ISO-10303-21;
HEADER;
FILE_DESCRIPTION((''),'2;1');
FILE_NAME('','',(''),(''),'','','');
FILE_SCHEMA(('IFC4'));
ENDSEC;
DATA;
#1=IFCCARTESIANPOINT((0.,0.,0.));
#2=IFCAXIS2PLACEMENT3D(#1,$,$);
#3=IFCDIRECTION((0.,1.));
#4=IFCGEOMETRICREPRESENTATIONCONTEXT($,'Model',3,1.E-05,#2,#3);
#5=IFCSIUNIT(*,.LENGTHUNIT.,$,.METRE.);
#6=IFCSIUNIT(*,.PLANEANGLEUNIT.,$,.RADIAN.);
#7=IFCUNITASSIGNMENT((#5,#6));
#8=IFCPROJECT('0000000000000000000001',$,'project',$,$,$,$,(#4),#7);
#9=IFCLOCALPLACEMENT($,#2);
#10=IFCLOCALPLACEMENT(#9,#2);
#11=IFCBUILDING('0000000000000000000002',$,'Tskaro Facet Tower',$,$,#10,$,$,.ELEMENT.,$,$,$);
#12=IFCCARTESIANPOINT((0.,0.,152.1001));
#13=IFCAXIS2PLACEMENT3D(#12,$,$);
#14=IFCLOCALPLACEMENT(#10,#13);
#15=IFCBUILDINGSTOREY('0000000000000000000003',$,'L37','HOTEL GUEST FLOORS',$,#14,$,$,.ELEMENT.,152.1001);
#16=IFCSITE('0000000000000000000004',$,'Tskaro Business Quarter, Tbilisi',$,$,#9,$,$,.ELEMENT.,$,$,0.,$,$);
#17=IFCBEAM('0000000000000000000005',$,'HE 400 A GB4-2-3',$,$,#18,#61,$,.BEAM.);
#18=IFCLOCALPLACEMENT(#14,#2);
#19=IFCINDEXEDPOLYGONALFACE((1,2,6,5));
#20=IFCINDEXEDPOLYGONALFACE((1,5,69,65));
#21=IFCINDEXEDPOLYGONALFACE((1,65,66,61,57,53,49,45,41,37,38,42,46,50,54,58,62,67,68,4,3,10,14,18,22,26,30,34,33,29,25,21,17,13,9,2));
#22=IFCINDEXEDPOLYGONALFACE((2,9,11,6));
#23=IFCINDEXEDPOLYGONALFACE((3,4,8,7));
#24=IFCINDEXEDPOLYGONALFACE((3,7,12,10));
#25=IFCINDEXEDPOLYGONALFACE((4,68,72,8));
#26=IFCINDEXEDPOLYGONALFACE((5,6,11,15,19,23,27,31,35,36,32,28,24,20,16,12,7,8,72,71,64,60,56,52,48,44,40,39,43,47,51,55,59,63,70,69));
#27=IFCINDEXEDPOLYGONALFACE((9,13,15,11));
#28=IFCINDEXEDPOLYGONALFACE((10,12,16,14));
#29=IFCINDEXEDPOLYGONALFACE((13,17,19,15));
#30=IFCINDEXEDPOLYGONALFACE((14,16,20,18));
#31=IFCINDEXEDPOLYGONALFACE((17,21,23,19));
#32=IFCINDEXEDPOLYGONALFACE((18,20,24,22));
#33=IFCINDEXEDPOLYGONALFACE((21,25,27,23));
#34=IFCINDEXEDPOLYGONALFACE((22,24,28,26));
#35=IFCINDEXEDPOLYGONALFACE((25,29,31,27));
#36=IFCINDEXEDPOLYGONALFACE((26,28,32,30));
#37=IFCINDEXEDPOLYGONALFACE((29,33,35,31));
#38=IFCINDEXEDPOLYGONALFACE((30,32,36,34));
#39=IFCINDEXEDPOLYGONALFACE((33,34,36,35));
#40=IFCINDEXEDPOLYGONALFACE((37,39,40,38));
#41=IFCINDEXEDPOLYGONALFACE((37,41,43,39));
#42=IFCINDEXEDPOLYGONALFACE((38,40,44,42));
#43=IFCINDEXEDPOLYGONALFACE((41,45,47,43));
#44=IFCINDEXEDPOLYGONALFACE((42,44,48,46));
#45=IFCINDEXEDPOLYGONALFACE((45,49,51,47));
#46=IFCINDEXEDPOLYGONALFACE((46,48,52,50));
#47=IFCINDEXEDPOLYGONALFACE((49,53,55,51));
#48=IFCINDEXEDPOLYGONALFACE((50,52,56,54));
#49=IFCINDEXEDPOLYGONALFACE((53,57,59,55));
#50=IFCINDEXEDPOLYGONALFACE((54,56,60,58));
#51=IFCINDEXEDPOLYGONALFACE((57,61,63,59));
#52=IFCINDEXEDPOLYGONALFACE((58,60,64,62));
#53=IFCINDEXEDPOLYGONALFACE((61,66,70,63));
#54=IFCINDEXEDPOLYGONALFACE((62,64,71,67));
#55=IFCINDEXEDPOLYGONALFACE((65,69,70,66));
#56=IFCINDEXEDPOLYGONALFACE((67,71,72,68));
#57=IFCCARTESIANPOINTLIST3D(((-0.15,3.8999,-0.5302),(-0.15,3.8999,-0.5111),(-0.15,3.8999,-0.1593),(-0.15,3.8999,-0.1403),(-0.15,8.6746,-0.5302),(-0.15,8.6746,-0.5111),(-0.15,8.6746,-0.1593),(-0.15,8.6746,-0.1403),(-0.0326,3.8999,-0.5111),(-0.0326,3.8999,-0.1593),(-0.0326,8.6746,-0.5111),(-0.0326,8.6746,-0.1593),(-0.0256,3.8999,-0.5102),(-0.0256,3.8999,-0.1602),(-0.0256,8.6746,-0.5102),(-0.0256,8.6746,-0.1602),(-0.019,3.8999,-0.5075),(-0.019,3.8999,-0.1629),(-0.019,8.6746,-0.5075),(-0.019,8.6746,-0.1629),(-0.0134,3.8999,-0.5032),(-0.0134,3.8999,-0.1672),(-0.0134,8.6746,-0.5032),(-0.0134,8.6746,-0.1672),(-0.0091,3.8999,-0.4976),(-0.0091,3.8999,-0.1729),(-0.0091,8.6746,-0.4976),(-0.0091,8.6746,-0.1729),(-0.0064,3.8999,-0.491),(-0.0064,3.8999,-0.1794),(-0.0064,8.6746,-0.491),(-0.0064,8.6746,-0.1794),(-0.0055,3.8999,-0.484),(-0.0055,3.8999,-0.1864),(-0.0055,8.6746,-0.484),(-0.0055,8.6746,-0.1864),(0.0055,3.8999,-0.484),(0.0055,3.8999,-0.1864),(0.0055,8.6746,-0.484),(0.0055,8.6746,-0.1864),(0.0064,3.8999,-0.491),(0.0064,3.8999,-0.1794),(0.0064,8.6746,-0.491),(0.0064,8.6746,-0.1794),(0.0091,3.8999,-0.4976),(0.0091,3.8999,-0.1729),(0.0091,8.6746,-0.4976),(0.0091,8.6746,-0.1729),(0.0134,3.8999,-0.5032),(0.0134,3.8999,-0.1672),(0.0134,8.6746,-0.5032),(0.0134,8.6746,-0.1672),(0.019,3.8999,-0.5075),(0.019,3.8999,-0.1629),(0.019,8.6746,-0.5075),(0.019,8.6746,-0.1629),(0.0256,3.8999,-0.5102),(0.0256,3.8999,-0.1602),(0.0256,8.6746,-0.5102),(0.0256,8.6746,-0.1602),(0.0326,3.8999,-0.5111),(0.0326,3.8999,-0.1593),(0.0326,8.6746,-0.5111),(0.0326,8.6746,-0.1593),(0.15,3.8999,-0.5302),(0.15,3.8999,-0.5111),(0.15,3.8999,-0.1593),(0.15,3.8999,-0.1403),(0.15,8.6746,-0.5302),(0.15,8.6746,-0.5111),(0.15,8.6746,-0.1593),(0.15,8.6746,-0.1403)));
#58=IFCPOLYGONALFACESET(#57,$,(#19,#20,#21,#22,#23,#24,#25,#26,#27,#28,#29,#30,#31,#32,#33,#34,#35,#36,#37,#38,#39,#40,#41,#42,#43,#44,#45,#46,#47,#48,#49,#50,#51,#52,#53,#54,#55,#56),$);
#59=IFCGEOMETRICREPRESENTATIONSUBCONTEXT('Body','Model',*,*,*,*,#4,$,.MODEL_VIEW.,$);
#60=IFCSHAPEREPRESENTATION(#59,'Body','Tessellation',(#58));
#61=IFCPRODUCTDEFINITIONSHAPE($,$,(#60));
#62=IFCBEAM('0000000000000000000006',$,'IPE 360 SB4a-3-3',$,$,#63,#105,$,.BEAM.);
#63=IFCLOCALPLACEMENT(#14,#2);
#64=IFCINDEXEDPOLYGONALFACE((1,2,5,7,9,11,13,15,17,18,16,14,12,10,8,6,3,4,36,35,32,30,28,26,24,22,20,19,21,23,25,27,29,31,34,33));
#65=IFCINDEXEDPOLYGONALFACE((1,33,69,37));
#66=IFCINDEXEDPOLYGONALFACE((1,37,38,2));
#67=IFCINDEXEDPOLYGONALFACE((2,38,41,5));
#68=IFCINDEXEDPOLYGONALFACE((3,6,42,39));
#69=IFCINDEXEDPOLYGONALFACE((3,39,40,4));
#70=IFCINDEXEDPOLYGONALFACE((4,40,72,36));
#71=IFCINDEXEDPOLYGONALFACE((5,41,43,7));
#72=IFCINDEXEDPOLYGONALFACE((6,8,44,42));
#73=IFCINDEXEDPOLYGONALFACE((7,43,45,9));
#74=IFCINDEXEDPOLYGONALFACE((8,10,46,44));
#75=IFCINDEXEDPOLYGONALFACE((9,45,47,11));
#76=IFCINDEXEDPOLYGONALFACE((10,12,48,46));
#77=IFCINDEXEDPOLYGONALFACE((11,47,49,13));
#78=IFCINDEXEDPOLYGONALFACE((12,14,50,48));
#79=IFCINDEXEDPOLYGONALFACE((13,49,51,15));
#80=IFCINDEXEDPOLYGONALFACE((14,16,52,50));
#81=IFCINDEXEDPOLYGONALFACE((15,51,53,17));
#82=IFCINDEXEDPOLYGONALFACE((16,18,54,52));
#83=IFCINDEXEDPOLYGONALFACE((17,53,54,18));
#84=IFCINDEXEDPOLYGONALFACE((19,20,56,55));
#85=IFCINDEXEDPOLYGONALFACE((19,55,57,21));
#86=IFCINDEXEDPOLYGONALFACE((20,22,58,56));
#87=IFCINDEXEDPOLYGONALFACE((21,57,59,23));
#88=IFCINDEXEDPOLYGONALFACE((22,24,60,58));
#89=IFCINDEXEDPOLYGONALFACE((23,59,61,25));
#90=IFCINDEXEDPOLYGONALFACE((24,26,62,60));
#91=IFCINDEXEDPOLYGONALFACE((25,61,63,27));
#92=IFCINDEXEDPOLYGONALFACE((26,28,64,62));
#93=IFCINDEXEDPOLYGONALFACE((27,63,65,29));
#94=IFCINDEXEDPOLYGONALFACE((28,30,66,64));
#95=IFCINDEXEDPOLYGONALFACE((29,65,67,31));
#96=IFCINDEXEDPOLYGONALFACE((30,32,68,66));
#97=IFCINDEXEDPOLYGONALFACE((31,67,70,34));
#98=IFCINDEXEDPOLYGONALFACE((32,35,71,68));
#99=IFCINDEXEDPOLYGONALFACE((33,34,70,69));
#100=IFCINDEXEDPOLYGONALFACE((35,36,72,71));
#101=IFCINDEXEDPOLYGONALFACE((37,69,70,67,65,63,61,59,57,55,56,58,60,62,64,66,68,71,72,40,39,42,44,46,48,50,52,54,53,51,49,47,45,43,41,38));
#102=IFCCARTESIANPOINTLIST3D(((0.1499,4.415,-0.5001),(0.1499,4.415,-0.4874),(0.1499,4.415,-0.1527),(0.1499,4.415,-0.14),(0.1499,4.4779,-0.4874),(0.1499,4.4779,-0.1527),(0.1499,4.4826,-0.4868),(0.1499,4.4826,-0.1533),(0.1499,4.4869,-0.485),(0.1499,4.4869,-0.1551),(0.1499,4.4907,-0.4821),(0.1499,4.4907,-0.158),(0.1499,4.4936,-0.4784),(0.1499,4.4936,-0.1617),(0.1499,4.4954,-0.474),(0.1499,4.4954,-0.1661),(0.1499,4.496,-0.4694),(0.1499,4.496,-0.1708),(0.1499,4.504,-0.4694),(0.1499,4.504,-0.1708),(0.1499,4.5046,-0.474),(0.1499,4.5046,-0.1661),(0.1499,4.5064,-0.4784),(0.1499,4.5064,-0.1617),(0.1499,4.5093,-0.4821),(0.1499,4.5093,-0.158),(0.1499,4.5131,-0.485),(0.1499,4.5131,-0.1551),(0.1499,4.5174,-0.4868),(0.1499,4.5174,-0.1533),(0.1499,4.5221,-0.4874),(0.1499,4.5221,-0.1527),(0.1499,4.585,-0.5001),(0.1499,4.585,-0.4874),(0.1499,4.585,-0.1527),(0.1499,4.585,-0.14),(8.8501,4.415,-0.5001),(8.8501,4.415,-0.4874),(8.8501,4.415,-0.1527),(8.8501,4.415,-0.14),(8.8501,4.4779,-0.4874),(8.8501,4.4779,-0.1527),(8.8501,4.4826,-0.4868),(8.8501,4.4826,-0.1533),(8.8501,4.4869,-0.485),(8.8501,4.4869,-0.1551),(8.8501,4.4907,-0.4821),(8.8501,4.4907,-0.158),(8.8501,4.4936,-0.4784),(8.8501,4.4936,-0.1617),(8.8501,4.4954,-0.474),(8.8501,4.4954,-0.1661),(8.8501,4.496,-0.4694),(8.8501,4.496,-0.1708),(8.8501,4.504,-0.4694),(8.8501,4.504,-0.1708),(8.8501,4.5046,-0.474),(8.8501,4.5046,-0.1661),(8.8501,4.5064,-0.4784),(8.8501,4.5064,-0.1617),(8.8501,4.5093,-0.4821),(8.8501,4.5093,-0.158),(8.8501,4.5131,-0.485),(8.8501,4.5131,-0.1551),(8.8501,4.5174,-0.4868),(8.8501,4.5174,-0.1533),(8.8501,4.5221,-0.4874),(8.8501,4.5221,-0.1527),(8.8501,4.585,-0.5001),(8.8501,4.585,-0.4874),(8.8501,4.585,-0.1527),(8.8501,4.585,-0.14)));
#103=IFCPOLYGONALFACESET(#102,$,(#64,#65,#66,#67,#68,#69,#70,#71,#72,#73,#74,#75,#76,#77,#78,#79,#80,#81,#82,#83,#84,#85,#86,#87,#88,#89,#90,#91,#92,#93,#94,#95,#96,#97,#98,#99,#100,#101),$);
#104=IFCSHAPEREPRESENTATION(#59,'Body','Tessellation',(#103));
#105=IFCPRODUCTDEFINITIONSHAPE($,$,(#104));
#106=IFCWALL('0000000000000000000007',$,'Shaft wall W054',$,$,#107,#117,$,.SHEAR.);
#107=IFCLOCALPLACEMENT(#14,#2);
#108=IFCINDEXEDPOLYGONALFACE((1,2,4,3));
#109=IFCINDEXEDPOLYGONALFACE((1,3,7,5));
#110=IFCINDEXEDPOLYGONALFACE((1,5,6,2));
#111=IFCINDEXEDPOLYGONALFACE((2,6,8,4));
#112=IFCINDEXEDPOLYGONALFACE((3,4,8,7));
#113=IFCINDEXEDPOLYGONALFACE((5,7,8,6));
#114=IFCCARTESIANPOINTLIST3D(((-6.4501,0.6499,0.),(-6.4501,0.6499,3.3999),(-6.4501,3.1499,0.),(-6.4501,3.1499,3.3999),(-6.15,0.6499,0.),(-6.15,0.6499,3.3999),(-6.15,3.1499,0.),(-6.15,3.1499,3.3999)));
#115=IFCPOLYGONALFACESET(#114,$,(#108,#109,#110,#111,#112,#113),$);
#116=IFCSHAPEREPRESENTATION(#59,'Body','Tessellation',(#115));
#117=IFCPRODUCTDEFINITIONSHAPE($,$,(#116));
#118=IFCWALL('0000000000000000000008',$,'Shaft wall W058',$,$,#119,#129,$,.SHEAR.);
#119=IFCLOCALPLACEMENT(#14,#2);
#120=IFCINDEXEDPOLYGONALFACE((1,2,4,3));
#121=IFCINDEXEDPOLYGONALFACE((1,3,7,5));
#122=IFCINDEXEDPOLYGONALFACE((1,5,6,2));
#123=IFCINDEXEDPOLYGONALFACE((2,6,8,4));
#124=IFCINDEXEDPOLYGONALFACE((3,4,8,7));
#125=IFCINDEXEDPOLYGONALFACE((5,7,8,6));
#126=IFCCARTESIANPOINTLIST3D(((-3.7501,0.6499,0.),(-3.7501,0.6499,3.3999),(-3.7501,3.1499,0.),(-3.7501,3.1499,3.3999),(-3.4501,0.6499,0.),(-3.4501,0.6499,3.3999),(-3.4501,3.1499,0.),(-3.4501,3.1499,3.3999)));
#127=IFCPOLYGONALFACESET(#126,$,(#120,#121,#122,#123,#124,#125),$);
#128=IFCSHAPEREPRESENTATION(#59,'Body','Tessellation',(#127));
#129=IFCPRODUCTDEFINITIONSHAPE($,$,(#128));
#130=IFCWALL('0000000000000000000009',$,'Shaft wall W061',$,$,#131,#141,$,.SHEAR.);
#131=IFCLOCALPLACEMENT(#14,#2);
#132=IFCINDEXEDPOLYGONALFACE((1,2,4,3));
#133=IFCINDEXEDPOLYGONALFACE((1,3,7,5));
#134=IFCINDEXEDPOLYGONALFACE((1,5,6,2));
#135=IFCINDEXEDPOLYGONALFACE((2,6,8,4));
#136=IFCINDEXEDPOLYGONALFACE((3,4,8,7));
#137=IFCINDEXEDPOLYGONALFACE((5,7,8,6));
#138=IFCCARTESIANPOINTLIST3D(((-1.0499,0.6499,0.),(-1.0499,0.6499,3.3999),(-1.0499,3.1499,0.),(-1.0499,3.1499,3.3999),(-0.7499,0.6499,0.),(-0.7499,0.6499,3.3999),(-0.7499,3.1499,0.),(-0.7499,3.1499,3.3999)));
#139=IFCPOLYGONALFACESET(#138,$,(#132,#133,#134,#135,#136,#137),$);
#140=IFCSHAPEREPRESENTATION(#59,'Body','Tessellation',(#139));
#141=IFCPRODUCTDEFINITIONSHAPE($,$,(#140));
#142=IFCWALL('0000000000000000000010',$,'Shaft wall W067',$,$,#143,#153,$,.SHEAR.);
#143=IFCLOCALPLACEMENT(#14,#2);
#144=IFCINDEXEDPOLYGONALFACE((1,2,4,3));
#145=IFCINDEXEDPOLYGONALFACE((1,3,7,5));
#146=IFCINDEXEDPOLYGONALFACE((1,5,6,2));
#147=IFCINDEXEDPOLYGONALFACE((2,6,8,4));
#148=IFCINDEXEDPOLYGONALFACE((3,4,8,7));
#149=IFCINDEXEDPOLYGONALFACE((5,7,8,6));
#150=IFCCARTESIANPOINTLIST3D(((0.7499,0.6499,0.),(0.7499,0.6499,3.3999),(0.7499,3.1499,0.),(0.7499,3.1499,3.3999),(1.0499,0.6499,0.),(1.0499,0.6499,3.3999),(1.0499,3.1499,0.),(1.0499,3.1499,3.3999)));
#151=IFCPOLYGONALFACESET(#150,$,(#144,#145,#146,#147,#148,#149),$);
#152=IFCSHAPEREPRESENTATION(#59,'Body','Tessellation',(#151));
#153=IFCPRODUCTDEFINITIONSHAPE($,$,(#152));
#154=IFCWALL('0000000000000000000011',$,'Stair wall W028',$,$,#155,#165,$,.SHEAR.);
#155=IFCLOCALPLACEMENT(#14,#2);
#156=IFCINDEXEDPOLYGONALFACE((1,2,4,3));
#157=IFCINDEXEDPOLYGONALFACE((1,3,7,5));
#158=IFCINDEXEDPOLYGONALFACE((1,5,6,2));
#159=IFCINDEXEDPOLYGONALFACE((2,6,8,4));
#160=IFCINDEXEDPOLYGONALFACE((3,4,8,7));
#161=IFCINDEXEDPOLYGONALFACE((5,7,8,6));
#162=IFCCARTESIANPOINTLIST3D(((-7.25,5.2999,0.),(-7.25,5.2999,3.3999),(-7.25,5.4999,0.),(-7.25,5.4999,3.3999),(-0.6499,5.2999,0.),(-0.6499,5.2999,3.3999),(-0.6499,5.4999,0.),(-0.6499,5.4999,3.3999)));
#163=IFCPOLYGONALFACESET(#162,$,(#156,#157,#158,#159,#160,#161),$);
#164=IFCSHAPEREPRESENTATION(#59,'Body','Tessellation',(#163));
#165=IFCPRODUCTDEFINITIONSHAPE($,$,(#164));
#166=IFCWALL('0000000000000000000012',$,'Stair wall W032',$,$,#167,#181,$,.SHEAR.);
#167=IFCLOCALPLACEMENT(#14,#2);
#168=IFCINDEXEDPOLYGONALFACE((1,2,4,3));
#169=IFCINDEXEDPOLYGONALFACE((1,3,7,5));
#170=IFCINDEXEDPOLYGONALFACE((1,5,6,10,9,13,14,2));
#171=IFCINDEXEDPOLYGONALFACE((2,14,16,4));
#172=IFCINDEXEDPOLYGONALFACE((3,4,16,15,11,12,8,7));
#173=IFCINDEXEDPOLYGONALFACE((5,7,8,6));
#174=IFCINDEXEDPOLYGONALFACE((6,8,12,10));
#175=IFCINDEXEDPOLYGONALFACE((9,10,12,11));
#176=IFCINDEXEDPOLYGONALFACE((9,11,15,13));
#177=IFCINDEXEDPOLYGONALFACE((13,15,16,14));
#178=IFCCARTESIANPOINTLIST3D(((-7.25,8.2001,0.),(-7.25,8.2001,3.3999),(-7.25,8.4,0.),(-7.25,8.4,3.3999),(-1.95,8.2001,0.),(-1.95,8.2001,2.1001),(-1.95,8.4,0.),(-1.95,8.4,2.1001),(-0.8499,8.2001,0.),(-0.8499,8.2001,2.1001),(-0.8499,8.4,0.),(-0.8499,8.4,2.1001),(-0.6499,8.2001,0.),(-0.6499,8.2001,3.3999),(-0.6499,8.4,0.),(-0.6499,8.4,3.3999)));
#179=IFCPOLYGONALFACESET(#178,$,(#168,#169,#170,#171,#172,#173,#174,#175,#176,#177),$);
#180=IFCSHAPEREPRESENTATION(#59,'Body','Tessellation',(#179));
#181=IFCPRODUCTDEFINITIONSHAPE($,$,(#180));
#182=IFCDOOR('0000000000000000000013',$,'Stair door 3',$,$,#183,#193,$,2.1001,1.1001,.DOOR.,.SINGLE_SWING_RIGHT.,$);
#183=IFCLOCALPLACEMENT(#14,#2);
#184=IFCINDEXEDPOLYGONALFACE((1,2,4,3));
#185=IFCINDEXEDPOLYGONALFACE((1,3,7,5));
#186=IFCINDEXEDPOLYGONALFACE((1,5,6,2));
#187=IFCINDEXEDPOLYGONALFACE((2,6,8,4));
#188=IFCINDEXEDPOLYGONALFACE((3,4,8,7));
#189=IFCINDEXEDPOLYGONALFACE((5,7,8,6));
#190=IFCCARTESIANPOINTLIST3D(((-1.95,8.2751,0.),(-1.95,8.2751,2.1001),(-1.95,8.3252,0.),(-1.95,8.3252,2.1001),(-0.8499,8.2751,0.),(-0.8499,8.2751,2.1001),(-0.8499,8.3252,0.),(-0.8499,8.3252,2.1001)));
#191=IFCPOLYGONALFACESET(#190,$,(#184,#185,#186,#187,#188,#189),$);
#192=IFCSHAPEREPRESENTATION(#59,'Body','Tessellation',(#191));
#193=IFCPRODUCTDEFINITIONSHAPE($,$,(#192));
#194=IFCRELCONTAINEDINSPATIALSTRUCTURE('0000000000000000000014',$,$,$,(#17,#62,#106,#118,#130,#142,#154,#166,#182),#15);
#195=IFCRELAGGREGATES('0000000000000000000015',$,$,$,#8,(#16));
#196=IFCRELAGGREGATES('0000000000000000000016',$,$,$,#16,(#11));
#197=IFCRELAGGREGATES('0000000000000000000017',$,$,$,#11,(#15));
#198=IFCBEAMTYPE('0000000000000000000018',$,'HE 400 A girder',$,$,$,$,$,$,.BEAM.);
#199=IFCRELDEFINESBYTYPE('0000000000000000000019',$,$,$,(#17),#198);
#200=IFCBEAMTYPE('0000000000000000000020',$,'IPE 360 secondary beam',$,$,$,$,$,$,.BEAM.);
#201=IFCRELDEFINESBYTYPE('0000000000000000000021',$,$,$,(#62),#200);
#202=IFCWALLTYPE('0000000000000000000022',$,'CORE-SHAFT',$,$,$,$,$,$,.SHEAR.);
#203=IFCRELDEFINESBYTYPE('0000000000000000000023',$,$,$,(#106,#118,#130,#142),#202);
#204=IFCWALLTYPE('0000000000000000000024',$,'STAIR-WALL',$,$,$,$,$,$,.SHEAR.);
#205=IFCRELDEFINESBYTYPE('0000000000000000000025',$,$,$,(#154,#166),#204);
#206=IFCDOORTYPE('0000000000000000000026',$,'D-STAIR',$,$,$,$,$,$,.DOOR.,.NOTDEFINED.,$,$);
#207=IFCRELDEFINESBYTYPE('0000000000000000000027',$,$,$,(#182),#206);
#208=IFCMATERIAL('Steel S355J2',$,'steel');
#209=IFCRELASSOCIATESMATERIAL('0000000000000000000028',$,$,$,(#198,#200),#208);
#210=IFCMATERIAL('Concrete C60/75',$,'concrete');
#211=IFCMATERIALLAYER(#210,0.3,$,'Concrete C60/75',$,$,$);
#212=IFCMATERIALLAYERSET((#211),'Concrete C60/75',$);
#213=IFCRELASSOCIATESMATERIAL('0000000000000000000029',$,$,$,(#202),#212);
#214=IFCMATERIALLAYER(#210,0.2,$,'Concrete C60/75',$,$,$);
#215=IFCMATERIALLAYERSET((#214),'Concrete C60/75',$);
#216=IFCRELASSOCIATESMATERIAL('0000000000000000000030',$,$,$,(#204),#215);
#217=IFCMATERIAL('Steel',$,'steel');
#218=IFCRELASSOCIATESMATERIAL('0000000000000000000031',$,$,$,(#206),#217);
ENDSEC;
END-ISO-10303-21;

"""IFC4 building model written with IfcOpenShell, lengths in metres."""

from ifc_helpers import new_model, si_unit, direction, frame, frame_2d, origin, origin_2d, place, context, subcontext, project, spatial, rectangle, i_section, extrude, material, layer, layer_set, material_profile, profile_set, type_object, element, fill, save


model = new_model("IFC4")

# Units and contexts
model_context = context("Model", 3, precision=1e-05, world=origin(), true_north=direction((0.0, 1.0)))
body_context = subcontext(model_context, "Body", "Model", "MODEL_VIEW")
ifc_project = project(units=[si_unit("LENGTHUNIT", "METRE"), si_unit("PLANEANGLEUNIT", "RADIAN")], contexts=[model_context])

# Site, building, storey
site_placement = place(None, origin())
site = spatial("IfcSite", under=ifc_project, at=site_placement, Name="Tskaro Business Quarter, Tbilisi", CompositionType="ELEMENT", RefElevation=0.0)
building_placement = place(site_placement, origin())
building = spatial("IfcBuilding", under=site, at=building_placement, Name="Tskaro Facet Tower", CompositionType="ELEMENT")
storey_placement = place(building_placement, frame((0.0, 0.0, 152.1001)))
storey = spatial("IfcBuildingStorey", under=building, at=storey_placement, Name="L37", Description="HOTEL GUEST FLOORS", CompositionType="ELEMENT", Elevation=152.1001)

# Beams
ifc_material_1 = material(Name="Steel S355J2", Category="steel")
ifc_material_profile_1 = material_profile(ifc_material_1, i_section(OverallWidth=0.3, OverallDepth=0.3899, WebThickness=0.011, FlangeThickness=0.019, FilletRadius=0.0271, at=origin_2d()), Name="HE 400 A")
ifc_profile_set_1 = profile_set([ifc_material_profile_1], Name="Steel S355J2")
beam_type_1 = type_object("IfcBeamType", Name="HE 400 A girder", PredefinedType="BEAM", material=ifc_profile_set_1)
beam_1_placement = place(storey_placement, frame((0.0, 3.8999, -0.3352), z_axis=(0.0, 1.0, 0.0), x_axis=(-1.0, 0.0, 0.0)))
element("IfcBeam", 1, at=beam_1_placement, inside=storey, type_object=beam_type_1, Name="HE 400 A GB4-2-3", PredefinedType="BEAM", context=body_context, shape_type="SweptSolid", body=[
    extrude(i_section(OverallWidth=0.3, OverallDepth=0.3899, WebThickness=0.011, FlangeThickness=0.019, FilletRadius=0.0271, at=origin_2d()), origin(), (0.0, 0.0, 1.0), 4.7747),
])
ifc_material_profile_2 = material_profile(ifc_material_1, i_section(OverallWidth=0.1699, OverallDepth=0.3601, WebThickness=0.0081, FlangeThickness=0.0127, FilletRadius=0.0181, at=origin_2d()), Name="IPE 360")
ifc_profile_set_2 = profile_set([ifc_material_profile_2], Name="Steel S355J2")
beam_type_2 = type_object("IfcBeamType", Name="IPE 360 secondary beam", PredefinedType="BEAM", material=ifc_profile_set_2)
beam_2_placement = place(storey_placement, frame((0.1499, 4.5, -0.3201), z_axis=(1.0, 0.0, 0.0), x_axis=(0.0, 1.0, 0.0)))
element("IfcBeam", 2, at=beam_2_placement, inside=storey, type_object=beam_type_2, Name="IPE 360 SB4a-3-3", PredefinedType="BEAM", context=body_context, shape_type="SweptSolid", body=[
    extrude(i_section(OverallWidth=0.1699, OverallDepth=0.3601, WebThickness=0.0081, FlangeThickness=0.0127, FilletRadius=0.0181, at=origin_2d()), origin(), (0.0, 0.0, 1.0), 8.7002),
])

# Walls
ifc_material_2 = material(Name="Concrete C60/75", Category="concrete")
ifc_layer_1 = layer(ifc_material_2, 0.3, Name="Concrete C60/75")
ifc_layer_set_1 = layer_set([ifc_layer_1], Name="Concrete C60/75")
wall_type_1 = type_object("IfcWallType", Name="CORE-SHAFT", PredefinedType="SHEAR", material=ifc_layer_set_1)
for number, where, z_axis, x_axis, name in (
    (3, (-6.3, 0.6499, 0.0), (0.0, 0.0, 1.0), (0.0, 1.0, 0.0), "Shaft wall W054"),
    (4, (-3.6001, 0.6499, 0.0), (0.0, 0.0, 1.0), (0.0, 1.0, 0.0), "Shaft wall W058"),
    (5, (-0.8999, 0.6499, 0.0), (0.0, 0.0, 1.0), (0.0, 1.0, 0.0), "Shaft wall W061"),
    (6, (0.8999, 0.6499, 0.0), (0.0, 0.0, 1.0), (0.0, 1.0, 0.0), "Shaft wall W067"),
):
    element("IfcWall", number, at=place(storey_placement, frame(where, z_axis=z_axis, x_axis=x_axis)), inside=storey, type_object=wall_type_1, Name=name, PredefinedType="SHEAR", context=body_context, shape_type="SweptSolid", body=[
        extrude(rectangle(XDim=2.5, YDim=0.3, at=frame_2d((1.25, 0.0))), origin(), (0.0, 0.0, 1.0), 3.3999),
    ])
ifc_layer_2 = layer(ifc_material_2, 0.2, Name="Concrete C60/75")
ifc_layer_set_2 = layer_set([ifc_layer_2], Name="Concrete C60/75")
wall_type_2 = type_object("IfcWallType", Name="STAIR-WALL", PredefinedType="SHEAR", material=ifc_layer_set_2)
wall_1_placement = place(storey_placement, frame((-7.25, 5.3999, 0.0), z_axis=(0.0, 0.0, 1.0), x_axis=(1.0, 0.0, 0.0)))
element("IfcWall", 7, at=wall_1_placement, inside=storey, type_object=wall_type_2, Name="Stair wall W028", PredefinedType="SHEAR", context=body_context, shape_type="SweptSolid", body=[
    extrude(rectangle(XDim=6.6001, YDim=0.2, at=frame_2d((3.3, 0.0))), origin(), (0.0, 0.0, 1.0), 3.3999),
])

# Wall, opening, door
wall_2_placement = place(storey_placement, frame((-0.6499, 8.3, 0.0), z_axis=(0.0, 0.0, 1.0), x_axis=(-1.0, 0.0, 0.0)))
wall_2 = element("IfcWall", 8, at=wall_2_placement, inside=storey, type_object=wall_type_2, Name="Stair wall W032", PredefinedType="SHEAR", context=body_context, shape_type="SweptSolid", body=[
    extrude(rectangle(XDim=6.6001, YDim=0.2, at=frame_2d((3.3, 0.0))), origin(), (0.0, 0.0, 1.0), 3.3999),
])
opening_1_placement = place(wall_2_placement, frame((0.2, 0.0, 0.0)))
opening_1 = element("IfcOpeningElement", 9, at=opening_1_placement, cuts=wall_2, PredefinedType="OPENING", context=body_context, shape_type="SweptSolid", body=[
    extrude(rectangle(XDim=1.1001, YDim=2.1001, at=frame_2d((0.55, 1.05))), frame((0.0, 0.1099, 0.0), z_axis=(0.0, -1.0, 0.0), x_axis=(1.0, 0.0, 0.0)), (0.0, 0.0, 1.0), 0.22),
])
ifc_material_3 = material(Name="Steel", Category="steel")
door_type_1 = type_object("IfcDoorType", Name="D-STAIR", OperationType="NOTDEFINED", PredefinedType="DOOR", material=ifc_material_3)
door_1_placement = place(opening_1_placement, origin())
door_1 = element("IfcDoor", 10, at=door_1_placement, inside=storey, type_object=door_type_1, Name="Stair door 3", OperationType="SINGLE_SWING_RIGHT", OverallHeight=2.1001, OverallWidth=1.1001, PredefinedType="DOOR", context=body_context, shape_type="SweptSolid", body=[
    extrude(rectangle(XDim=1.1001, YDim=2.1001, at=frame_2d((0.55, 1.05))), frame((0.0, 0.0249, 0.0), z_axis=(0.0, -1.0, 0.0), x_axis=(1.0, 0.0, 0.0)), (0.0, 0.0, 1.0), 0.05),
])
fill(opening_1, door_1)

save(model, "model.ifc")
